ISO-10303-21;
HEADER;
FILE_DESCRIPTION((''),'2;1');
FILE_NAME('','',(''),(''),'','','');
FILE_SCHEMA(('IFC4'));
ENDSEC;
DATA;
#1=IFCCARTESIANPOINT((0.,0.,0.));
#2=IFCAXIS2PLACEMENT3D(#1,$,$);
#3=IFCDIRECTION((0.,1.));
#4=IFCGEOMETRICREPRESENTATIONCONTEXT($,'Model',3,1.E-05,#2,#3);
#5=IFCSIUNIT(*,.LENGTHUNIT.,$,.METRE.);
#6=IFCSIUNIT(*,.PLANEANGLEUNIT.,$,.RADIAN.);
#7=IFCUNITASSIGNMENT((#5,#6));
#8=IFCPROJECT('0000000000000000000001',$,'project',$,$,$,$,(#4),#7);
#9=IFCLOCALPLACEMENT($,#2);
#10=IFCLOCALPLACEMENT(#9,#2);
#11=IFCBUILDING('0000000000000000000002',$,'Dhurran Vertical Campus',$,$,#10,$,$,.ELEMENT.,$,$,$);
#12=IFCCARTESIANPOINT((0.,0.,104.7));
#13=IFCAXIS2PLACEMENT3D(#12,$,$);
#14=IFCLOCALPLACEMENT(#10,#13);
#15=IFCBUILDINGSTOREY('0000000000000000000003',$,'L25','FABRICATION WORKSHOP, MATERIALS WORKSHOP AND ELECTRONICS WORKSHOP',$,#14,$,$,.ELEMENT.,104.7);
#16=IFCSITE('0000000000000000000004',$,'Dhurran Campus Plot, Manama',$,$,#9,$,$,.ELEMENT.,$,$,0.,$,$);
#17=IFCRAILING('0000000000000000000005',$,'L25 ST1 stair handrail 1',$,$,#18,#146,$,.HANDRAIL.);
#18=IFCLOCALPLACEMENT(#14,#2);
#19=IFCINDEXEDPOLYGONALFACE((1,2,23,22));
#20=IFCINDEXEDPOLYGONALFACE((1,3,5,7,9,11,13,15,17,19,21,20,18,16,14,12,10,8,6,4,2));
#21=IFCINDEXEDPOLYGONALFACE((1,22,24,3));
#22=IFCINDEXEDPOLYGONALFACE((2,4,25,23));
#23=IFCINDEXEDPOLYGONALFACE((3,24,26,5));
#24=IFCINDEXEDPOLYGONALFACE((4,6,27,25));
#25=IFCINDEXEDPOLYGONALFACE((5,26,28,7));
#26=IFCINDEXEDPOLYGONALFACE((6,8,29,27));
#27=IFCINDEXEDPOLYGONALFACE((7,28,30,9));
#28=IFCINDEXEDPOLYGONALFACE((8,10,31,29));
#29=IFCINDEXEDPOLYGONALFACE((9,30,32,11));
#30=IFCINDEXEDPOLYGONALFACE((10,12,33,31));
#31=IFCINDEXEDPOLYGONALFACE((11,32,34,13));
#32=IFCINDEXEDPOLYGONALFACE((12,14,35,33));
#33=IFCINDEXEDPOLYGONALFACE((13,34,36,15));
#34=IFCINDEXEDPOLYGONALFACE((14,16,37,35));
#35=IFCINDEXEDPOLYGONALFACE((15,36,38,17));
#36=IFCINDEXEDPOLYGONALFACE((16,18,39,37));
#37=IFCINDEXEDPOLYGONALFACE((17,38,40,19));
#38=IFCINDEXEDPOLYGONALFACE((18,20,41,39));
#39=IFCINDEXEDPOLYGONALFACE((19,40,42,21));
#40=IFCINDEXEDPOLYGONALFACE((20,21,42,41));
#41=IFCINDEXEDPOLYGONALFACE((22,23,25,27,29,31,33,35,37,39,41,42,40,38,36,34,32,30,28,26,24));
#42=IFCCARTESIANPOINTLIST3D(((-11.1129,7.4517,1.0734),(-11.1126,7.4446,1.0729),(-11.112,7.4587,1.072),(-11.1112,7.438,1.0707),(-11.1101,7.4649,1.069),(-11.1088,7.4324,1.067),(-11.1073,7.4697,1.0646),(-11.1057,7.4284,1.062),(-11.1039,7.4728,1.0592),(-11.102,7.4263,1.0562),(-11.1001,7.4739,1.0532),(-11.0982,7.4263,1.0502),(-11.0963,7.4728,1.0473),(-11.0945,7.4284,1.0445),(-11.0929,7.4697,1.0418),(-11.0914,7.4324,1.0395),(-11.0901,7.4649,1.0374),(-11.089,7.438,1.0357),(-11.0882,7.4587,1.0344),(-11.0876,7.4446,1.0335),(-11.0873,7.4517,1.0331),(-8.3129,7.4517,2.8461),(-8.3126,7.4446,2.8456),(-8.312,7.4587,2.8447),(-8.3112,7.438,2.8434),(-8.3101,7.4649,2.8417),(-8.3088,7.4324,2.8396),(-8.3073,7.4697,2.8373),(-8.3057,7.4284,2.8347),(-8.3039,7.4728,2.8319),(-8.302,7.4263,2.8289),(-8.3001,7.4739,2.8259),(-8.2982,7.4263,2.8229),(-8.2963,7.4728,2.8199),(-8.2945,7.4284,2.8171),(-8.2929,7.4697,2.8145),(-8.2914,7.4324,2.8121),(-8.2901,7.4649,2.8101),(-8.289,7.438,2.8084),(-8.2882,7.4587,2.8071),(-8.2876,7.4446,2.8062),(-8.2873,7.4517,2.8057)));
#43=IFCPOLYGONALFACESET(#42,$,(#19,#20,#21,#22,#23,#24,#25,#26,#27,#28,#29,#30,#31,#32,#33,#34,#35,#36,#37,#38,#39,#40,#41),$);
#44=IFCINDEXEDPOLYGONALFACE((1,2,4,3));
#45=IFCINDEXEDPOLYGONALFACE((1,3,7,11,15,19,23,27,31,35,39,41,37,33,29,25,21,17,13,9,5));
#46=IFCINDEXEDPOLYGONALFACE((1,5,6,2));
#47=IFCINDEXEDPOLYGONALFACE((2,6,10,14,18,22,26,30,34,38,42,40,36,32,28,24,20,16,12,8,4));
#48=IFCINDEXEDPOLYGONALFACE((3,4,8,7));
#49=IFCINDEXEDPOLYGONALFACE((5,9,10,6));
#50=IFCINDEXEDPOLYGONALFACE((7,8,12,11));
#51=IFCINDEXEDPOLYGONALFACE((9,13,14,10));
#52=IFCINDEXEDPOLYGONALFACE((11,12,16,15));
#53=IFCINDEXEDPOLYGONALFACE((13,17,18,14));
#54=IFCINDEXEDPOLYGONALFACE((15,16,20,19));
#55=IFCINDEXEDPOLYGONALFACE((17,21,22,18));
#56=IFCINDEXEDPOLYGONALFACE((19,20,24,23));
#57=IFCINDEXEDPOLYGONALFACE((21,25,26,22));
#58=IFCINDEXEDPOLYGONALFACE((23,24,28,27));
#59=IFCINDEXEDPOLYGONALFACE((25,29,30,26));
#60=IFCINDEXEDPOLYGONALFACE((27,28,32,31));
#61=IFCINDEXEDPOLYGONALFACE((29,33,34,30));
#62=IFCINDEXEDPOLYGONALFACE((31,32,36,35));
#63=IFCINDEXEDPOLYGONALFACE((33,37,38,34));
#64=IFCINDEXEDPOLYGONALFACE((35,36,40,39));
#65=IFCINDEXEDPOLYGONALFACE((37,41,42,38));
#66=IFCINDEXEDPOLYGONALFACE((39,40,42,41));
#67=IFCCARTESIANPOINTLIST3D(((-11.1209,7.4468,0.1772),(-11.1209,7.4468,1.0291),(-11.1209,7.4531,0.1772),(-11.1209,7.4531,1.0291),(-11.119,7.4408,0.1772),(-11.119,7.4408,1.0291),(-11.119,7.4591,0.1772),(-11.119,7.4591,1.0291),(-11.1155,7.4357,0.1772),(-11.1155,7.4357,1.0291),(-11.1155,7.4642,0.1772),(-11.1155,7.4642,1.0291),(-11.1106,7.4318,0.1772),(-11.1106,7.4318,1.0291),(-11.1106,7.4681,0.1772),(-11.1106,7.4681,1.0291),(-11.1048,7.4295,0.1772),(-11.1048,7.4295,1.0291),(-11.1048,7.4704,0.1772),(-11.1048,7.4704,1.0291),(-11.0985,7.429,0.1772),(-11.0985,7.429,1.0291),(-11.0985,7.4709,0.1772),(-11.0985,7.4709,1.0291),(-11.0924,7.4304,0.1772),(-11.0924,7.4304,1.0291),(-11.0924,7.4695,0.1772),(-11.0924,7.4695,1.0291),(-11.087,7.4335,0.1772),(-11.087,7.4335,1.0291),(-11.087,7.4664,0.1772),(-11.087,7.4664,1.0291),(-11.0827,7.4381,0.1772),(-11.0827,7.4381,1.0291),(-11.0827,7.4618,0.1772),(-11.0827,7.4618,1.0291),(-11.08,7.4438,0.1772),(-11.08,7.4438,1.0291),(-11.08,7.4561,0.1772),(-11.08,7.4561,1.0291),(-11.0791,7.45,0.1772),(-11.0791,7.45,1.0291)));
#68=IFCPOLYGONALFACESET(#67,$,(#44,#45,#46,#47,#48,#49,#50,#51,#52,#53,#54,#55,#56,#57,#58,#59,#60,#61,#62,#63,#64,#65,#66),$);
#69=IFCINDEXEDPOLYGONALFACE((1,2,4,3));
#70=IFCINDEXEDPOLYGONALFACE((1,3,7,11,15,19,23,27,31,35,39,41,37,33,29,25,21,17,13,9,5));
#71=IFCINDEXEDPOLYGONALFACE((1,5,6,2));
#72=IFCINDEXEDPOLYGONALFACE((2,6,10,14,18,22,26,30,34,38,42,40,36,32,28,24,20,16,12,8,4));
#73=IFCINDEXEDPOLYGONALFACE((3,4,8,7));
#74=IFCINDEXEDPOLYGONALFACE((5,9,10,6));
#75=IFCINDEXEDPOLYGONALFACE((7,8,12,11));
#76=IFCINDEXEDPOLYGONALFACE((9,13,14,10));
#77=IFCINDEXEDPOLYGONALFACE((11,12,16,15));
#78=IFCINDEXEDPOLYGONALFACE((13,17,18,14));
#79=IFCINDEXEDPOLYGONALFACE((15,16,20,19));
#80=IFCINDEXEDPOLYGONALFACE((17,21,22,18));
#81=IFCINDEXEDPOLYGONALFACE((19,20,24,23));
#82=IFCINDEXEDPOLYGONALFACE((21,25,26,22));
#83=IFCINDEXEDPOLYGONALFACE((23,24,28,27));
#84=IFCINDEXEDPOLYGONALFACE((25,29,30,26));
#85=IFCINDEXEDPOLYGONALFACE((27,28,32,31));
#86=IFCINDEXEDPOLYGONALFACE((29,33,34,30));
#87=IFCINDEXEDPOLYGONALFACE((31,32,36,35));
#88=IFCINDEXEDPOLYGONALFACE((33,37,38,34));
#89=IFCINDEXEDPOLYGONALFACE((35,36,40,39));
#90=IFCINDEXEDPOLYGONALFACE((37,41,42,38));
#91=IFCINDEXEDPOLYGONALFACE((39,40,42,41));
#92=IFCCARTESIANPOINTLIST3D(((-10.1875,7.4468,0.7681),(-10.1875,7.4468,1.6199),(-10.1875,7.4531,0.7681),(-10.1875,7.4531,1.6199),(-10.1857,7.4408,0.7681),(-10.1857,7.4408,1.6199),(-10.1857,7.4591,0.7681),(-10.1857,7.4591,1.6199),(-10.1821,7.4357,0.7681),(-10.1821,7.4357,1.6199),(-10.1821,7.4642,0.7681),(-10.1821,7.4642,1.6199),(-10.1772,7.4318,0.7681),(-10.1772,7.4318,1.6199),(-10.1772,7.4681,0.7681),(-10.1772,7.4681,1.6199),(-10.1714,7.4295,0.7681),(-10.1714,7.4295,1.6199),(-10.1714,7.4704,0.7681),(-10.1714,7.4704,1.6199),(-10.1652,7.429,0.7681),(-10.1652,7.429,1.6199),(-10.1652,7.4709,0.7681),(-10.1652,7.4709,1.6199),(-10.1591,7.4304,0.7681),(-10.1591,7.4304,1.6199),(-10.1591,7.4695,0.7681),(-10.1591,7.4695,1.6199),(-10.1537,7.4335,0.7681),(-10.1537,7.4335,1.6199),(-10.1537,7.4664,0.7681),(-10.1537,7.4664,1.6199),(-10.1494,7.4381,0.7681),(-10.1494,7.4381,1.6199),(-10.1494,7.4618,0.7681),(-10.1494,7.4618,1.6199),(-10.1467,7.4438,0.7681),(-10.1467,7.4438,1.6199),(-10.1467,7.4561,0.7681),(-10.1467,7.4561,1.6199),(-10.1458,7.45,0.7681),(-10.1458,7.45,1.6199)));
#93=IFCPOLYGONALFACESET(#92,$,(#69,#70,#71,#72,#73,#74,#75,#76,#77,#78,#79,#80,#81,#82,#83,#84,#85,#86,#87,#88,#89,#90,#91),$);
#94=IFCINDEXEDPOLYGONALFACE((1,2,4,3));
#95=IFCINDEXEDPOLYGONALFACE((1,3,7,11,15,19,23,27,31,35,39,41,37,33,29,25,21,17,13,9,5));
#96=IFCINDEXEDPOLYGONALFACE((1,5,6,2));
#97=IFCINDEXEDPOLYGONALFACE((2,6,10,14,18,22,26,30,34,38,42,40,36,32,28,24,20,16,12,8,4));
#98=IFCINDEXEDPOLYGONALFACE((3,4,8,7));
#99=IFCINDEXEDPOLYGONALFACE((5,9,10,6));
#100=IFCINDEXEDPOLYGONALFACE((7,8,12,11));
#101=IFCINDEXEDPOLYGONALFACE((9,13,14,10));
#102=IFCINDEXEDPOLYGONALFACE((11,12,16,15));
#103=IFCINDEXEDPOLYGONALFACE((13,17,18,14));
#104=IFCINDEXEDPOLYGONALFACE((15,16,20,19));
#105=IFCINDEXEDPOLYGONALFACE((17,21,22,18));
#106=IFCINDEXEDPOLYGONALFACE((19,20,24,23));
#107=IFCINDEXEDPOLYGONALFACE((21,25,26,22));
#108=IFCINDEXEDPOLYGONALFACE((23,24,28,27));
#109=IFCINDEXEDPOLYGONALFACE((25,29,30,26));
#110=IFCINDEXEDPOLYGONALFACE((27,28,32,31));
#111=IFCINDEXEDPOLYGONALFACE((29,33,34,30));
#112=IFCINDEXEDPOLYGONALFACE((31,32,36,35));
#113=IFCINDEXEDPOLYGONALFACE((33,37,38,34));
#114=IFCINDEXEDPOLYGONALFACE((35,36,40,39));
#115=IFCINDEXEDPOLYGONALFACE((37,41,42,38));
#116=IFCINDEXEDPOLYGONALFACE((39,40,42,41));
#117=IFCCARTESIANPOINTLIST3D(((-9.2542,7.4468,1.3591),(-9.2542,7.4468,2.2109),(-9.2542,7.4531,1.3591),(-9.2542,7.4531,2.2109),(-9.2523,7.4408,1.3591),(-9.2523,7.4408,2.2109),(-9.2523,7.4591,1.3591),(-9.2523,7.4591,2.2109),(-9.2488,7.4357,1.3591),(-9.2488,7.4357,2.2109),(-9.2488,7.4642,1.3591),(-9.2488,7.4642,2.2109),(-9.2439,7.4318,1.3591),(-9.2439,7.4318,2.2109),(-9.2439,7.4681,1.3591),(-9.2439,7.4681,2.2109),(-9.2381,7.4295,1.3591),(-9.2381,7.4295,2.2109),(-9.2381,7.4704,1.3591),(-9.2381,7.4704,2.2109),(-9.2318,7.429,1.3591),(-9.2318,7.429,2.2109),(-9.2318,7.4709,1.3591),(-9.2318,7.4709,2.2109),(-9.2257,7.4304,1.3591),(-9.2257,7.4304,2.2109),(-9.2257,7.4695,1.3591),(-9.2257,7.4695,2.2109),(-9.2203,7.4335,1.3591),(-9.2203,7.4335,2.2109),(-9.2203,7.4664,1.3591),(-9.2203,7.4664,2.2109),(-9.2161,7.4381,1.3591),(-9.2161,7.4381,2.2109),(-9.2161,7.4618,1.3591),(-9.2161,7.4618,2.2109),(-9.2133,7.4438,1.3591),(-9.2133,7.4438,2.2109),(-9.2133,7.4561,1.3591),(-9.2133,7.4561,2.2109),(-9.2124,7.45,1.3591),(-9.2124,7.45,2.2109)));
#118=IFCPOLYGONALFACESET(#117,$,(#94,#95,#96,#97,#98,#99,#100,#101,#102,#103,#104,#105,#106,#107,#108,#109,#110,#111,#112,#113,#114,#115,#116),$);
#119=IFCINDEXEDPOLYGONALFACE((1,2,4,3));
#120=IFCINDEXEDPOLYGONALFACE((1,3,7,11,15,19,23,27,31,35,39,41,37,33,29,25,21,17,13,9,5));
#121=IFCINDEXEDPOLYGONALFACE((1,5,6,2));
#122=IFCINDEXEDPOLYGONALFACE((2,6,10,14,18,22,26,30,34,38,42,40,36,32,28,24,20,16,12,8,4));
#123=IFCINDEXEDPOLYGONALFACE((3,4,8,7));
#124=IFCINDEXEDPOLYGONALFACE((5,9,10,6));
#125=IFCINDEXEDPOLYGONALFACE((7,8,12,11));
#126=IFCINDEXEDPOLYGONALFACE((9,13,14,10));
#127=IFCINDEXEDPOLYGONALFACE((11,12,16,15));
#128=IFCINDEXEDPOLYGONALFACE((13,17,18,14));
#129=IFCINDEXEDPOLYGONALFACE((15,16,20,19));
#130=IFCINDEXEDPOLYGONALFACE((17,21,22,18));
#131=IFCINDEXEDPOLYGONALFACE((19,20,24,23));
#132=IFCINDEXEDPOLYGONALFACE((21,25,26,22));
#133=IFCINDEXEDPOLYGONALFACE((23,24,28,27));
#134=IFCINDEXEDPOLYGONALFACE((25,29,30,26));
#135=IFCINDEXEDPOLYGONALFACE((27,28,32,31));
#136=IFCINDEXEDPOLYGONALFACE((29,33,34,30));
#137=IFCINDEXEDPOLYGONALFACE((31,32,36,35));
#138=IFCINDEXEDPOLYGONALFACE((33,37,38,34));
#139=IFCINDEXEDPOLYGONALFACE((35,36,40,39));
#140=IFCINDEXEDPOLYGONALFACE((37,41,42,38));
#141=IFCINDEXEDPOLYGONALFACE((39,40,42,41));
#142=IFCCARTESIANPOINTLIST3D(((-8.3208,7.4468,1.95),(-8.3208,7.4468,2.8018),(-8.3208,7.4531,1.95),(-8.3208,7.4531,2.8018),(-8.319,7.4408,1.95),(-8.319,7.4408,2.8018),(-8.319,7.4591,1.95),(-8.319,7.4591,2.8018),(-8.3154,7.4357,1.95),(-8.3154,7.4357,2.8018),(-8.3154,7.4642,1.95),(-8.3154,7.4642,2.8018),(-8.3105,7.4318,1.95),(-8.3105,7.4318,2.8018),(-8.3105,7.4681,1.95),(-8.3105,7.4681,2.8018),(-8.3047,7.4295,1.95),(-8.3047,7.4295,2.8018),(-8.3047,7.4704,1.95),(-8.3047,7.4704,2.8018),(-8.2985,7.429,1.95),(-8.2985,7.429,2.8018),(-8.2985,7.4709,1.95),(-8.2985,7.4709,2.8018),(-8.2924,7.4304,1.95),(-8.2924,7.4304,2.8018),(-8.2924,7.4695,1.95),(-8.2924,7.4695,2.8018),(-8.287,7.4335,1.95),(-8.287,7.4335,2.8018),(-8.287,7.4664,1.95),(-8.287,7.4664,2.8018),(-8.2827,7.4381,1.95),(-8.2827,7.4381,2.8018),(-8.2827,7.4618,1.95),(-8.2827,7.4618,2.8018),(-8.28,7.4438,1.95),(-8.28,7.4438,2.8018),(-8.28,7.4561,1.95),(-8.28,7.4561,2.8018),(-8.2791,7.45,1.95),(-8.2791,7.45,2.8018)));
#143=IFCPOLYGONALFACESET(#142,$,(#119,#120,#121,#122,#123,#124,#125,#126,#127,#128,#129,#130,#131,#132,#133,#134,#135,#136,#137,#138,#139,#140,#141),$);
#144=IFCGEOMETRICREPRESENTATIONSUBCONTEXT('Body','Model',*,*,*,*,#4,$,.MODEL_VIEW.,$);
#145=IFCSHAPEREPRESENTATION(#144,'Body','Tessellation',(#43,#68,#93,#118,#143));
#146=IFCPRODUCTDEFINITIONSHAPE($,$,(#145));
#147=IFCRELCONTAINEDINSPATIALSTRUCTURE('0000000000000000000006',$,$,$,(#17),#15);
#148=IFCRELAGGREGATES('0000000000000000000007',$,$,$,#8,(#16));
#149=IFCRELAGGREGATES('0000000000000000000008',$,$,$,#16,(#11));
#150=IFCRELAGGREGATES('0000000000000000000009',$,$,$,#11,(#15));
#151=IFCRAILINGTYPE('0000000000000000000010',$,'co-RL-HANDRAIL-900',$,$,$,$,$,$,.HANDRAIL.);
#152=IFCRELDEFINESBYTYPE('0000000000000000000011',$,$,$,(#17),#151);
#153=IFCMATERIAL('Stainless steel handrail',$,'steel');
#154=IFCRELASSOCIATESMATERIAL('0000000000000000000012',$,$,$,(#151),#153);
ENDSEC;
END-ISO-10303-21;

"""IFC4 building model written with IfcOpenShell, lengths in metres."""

from ifc_helpers import new_model, si_unit, direction, frame, origin, origin_2d, place, context, subcontext, project, spatial, circle, extrude, material, type_object, element, save


model = new_model("IFC4")

# Units and contexts
model_context = context("Model", 3, precision=1e-05, world=origin(), true_north=direction((0.0, 1.0)))
body_context = subcontext(model_context, "Body", "Model", "MODEL_VIEW")
ifc_project = project(units=[si_unit("LENGTHUNIT", "METRE"), si_unit("PLANEANGLEUNIT", "RADIAN")], contexts=[model_context])

# Site, building, storey
site_placement = place(None, origin())
site = spatial("IfcSite", under=ifc_project, at=site_placement, Name="Dhurran Campus Plot, Manama", CompositionType="ELEMENT", RefElevation=0.0)
building_placement = place(site_placement, origin())
building = spatial("IfcBuilding", under=site, at=building_placement, Name="Dhurran Vertical Campus", CompositionType="ELEMENT")
storey_placement = place(building_placement, frame((0.0, 0.0, 104.7)))
storey = spatial("IfcBuildingStorey", under=building, at=storey_placement, Name="L25", Description="FABRICATION WORKSHOP, MATERIALS WORKSHOP AND ELECTRONICS WORKSHOP", CompositionType="ELEMENT", Elevation=104.7)

# Railing
ifc_material_1 = material(Name="Stainless steel handrail", Category="steel")
railing_type_1 = type_object("IfcRailingType", Name="co-RL-HANDRAIL-900", PredefinedType="HANDRAIL", material=ifc_material_1)
railing_1_placement = place(storey_placement, frame((-11.1001, 7.45, 0.1772)))
element("IfcRailing", 1, at=railing_1_placement, inside=storey, type_object=railing_type_1, Name="L25 ST1 stair handrail 1", PredefinedType="HANDRAIL", context=body_context, shape_type="SweptSolid", body=[
    extrude(circle(Radius=0.0239, at=origin_2d()), frame((0.0, 0.0, 0.876), z_axis=(0.844909, 0.0, 0.53491), x_axis=(0.0, 1.0, 0.0)), (0.0, 0.0, 1.0), 3.314),
    extrude(circle(Radius=0.021, at=origin_2d()), origin(), (0.0, 0.0, 1.0), 0.8518),
    extrude(circle(Radius=0.021, at=origin_2d()), frame((0.9333, 0.0, 0.5908)), (0.0, 0.0, 1.0), 0.8518),
    extrude(circle(Radius=0.021, at=origin_2d()), frame((1.8667, 0.0, 1.1819)), (0.0, 0.0, 1.0), 0.8518),
    extrude(circle(Radius=0.021, at=origin_2d()), frame((2.8, 0.0, 1.7727)), (0.0, 0.0, 1.0), 0.8518),
])

save(model, "model.ifc")
